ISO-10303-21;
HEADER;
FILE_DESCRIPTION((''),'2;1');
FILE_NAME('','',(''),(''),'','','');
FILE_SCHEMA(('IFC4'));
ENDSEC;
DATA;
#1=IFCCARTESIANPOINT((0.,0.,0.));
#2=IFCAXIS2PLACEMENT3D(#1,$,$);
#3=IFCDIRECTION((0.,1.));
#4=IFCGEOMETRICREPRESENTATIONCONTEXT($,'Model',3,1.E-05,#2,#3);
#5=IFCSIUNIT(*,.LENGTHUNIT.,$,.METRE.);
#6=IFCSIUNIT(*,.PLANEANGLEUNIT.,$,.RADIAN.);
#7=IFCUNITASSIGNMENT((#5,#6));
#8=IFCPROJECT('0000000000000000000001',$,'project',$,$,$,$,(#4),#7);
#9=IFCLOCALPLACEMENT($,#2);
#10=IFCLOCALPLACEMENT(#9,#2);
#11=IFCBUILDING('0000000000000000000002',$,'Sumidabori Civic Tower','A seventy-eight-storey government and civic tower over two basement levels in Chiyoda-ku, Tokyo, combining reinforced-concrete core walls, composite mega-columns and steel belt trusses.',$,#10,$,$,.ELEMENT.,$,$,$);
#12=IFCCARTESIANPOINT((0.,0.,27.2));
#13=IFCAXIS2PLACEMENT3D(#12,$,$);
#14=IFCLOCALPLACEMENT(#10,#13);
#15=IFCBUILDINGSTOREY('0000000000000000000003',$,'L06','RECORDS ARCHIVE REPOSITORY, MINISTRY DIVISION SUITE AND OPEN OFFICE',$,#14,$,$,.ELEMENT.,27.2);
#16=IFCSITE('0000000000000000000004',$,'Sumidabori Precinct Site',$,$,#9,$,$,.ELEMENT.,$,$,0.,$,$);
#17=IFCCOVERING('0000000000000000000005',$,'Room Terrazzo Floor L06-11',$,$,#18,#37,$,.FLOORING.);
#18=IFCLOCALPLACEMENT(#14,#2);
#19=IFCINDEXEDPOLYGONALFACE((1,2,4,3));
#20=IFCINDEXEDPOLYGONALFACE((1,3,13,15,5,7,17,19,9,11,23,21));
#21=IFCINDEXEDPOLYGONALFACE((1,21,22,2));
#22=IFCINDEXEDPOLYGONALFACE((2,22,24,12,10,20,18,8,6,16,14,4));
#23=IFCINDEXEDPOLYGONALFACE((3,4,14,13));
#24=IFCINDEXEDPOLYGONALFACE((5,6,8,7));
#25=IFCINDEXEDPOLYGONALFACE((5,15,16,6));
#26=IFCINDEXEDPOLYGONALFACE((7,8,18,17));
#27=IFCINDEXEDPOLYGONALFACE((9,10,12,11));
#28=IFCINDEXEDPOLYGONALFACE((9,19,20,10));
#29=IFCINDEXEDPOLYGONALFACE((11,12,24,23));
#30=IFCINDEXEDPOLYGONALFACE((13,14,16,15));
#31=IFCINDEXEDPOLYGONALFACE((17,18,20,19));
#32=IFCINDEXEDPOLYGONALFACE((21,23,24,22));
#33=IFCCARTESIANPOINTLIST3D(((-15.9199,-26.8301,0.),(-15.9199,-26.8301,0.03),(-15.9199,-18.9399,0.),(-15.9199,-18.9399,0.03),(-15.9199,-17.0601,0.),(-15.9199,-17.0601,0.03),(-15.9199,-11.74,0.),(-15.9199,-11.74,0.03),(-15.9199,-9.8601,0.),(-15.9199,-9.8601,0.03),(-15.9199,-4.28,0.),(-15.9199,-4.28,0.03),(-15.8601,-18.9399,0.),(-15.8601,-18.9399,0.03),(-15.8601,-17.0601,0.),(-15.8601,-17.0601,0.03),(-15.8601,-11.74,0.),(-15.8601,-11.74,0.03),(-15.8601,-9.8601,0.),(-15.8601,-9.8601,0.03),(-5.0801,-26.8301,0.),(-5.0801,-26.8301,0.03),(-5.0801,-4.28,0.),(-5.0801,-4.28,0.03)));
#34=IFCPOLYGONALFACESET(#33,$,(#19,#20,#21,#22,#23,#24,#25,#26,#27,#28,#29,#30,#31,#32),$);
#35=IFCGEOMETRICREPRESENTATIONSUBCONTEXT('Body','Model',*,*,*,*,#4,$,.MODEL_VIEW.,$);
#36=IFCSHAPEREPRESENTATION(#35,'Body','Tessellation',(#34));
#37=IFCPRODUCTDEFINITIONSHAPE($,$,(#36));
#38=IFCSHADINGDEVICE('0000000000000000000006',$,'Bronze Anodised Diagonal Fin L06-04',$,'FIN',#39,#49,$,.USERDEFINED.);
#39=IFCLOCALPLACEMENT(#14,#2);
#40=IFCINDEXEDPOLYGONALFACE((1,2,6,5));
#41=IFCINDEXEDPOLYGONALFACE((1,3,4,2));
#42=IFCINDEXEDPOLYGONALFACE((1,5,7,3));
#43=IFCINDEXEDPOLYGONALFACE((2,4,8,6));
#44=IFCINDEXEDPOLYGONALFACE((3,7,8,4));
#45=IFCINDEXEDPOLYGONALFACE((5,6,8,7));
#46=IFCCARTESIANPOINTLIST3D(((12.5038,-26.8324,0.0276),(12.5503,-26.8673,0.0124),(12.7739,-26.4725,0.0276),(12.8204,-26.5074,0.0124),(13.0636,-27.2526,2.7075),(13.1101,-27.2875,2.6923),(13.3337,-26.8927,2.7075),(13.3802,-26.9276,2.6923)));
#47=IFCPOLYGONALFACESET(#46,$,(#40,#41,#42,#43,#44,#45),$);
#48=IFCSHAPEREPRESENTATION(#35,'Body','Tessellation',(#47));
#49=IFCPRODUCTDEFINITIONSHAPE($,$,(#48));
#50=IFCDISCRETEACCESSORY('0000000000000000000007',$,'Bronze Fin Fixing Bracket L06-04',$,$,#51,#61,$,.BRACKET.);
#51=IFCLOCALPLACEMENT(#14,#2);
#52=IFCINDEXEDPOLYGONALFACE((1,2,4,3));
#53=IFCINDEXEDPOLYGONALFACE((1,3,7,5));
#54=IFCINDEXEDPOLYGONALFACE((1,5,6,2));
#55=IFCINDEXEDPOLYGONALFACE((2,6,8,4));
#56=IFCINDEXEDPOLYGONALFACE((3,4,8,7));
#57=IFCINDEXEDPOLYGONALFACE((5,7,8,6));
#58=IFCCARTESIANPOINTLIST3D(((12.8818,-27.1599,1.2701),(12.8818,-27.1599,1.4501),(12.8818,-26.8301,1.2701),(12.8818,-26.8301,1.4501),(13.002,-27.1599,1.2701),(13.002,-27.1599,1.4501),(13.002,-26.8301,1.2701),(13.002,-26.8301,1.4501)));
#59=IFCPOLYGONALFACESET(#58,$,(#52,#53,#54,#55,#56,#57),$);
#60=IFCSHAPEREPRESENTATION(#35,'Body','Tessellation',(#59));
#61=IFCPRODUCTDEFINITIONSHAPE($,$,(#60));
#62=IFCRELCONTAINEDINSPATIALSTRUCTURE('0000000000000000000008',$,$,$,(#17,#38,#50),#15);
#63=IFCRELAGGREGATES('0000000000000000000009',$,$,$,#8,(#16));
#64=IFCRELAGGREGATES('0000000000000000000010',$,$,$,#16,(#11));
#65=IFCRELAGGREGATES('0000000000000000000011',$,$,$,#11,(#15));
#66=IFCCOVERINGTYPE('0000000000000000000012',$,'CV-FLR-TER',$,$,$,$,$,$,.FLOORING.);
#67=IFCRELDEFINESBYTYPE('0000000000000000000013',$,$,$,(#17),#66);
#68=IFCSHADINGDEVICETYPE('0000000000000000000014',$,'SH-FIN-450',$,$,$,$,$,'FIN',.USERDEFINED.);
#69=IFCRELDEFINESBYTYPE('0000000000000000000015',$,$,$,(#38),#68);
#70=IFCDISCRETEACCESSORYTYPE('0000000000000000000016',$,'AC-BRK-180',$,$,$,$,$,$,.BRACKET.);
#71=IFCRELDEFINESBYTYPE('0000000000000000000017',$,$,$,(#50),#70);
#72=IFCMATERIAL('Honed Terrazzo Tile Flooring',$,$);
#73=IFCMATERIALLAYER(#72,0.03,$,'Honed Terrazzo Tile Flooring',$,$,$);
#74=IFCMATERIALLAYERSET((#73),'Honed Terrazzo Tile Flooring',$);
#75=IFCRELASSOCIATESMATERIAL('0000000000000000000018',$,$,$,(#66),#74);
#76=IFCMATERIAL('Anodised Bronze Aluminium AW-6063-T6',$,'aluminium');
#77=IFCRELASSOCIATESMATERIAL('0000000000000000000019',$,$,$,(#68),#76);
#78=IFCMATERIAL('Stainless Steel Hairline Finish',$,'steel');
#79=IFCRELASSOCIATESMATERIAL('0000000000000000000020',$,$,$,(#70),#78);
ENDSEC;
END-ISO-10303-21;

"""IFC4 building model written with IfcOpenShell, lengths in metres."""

from ifc_helpers import new_model, si_unit, direction, frame, origin, origin_2d, place, context, subcontext, project, spatial, polyline, rectangle, outline, extrude, source, transform, mapped, material, layer, layer_set, material_profile, profile_set, type_object, element, save


model = new_model("IFC4")

# Units and contexts
model_context = context("Model", 3, precision=1e-05, world=origin(), true_north=direction((0.0, 1.0)))
body_context = subcontext(model_context, "Body", "Model", "MODEL_VIEW")
ifc_project = project(units=[si_unit("LENGTHUNIT", "METRE"), si_unit("PLANEANGLEUNIT", "RADIAN")], contexts=[model_context])

# Site, building, storey
site_placement = place(None, origin())
site = spatial("IfcSite", under=ifc_project, at=site_placement, Name="Sumidabori Precinct Site", CompositionType="ELEMENT", RefElevation=0.0)
building_placement = place(site_placement, origin())
building = spatial("IfcBuilding", under=site, at=building_placement, Name="Sumidabori Civic Tower", Description="A seventy-eight-storey government and civic tower over two basement levels in Chiyoda-ku, Tokyo, combining reinforced-concrete core walls, composite mega-columns and steel belt trusses.", CompositionType="ELEMENT")
storey_placement = place(building_placement, frame((0.0, 0.0, 27.2)))
storey = spatial("IfcBuildingStorey", under=building, at=storey_placement, Name="L06", Description="RECORDS ARCHIVE REPOSITORY, MINISTRY DIVISION SUITE AND OPEN OFFICE", CompositionType="ELEMENT", Elevation=27.2)

# Shared definitions
ifc_material_1 = material(Name="Anodised Bronze Aluminium AW-6063-T6", Category="aluminium")

# Covering
ifc_material_2 = material(Name="Honed Terrazzo Tile Flooring")
ifc_layer_1 = layer(ifc_material_2, 0.03, Name="Honed Terrazzo Tile Flooring")
ifc_layer_set_1 = layer_set([ifc_layer_1], Name="Honed Terrazzo Tile Flooring")
covering_type_1 = type_object("IfcCoveringType", Name="CV-FLR-TER", PredefinedType="FLOORING", material=ifc_layer_set_1)
covering_1_placement = place(storey_placement, origin())
element("IfcCovering", 1, at=covering_1_placement, inside=storey, type_object=covering_type_1, Name="Room Terrazzo Floor L06-11", PredefinedType="FLOORING", context=body_context, shape_type="SweptSolid", body=[
    extrude(outline(polyline([(-15.8601, -17.0601), (-15.9199, -17.0601), (-15.9199, -11.74), (-15.8601, -11.74), (-15.8601, -9.8601), (-15.9199, -9.8601), (-15.9199, -4.28), (-5.0801, -4.28), (-5.0801, -26.8301), (-15.9199, -26.8301), (-15.9199, -18.9399), (-15.8601, -18.9399), (-15.8601, -17.0601)])), origin(), (0.0, 0.0, 1.0), 0.03),
])

# Shading device
ifc_material_profile_1 = material_profile(ifc_material_1, rectangle(XDim=0.0601, YDim=0.45, at=origin_2d()), Name="BRONZE FIN 450x60")
ifc_profile_set_1 = profile_set([ifc_material_profile_1], Name="Anodised Bronze Aluminium AW-6063-T6")
shading_device_type = type_object("IfcShadingDeviceType", Name="SH-FIN-450", ElementType="FIN", PredefinedType="USERDEFINED", material=ifc_profile_set_1)
shared_shape_1 = source(origin(), body_context, "Body", "SweptSolid", [
    extrude(rectangle(XDim=0.0601, YDim=0.45, at=origin_2d()), origin(), (0.0, 0.0, 1.0), 2.7698),
])
shading_device_placement = place(storey_placement, frame((12.6621, -26.6699, 0.02), z_axis=(0.202111, -0.151694, 0.967543), x_axis=(0.773832, -0.580796, -0.252705)))
element("IfcShadingDevice", 2, at=shading_device_placement, inside=storey, type_object=shading_device_type, Name="Bronze Anodised Diagonal Fin L06-04", ObjectType="FIN", PredefinedType="USERDEFINED", context=body_context, shape_type="MappedRepresentation", body=[
    mapped(shared_shape_1, transform((0.0, 0.0, 0.0), x_axis=(1.0, 0.0, 0.0), y_axis=(0.0, 1.0, 0.0), z_axis=(0.0, 0.0, 1.0), scale=1.0)),
])

# Discrete accessory
ifc_material_3 = material(Name="Stainless Steel Hairline Finish", Category="steel")
ifc_material_profile_2 = material_profile(ifc_material_3, rectangle(XDim=0.1201, YDim=0.1799, at=origin_2d()), Name="STEEL BRACKET 180x120")
ifc_profile_set_2 = profile_set([ifc_material_profile_2], Name="Stainless Steel Hairline Finish")
discrete_accessory_type = type_object("IfcDiscreteAccessoryType", Name="AC-BRK-180", PredefinedType="BRACKET", material=ifc_profile_set_2)
shared_shape_2 = source(origin(), body_context, "Body", "SweptSolid", [
    extrude(rectangle(XDim=0.1201, YDim=0.1799, at=origin_2d()), origin(), (0.0, 0.0, 1.0), 0.3298),
])
discrete_accessory_placement = place(storey_placement, frame((12.9419, -26.8301, 1.3601), z_axis=(0.0, -1.0, 0.0), x_axis=(1.0, 0.0, 0.0)))
element("IfcDiscreteAccessory", 3, at=discrete_accessory_placement, inside=storey, type_object=discrete_accessory_type, Name="Bronze Fin Fixing Bracket L06-04", PredefinedType="BRACKET", context=body_context, shape_type="MappedRepresentation", body=[
    mapped(shared_shape_2, transform((0.0, 0.0, 0.0), x_axis=(1.0, 0.0, 0.0), y_axis=(0.0, 1.0, 0.0), z_axis=(0.0, 0.0, 1.0), scale=1.0)),
])

save(model, "model.ifc")
